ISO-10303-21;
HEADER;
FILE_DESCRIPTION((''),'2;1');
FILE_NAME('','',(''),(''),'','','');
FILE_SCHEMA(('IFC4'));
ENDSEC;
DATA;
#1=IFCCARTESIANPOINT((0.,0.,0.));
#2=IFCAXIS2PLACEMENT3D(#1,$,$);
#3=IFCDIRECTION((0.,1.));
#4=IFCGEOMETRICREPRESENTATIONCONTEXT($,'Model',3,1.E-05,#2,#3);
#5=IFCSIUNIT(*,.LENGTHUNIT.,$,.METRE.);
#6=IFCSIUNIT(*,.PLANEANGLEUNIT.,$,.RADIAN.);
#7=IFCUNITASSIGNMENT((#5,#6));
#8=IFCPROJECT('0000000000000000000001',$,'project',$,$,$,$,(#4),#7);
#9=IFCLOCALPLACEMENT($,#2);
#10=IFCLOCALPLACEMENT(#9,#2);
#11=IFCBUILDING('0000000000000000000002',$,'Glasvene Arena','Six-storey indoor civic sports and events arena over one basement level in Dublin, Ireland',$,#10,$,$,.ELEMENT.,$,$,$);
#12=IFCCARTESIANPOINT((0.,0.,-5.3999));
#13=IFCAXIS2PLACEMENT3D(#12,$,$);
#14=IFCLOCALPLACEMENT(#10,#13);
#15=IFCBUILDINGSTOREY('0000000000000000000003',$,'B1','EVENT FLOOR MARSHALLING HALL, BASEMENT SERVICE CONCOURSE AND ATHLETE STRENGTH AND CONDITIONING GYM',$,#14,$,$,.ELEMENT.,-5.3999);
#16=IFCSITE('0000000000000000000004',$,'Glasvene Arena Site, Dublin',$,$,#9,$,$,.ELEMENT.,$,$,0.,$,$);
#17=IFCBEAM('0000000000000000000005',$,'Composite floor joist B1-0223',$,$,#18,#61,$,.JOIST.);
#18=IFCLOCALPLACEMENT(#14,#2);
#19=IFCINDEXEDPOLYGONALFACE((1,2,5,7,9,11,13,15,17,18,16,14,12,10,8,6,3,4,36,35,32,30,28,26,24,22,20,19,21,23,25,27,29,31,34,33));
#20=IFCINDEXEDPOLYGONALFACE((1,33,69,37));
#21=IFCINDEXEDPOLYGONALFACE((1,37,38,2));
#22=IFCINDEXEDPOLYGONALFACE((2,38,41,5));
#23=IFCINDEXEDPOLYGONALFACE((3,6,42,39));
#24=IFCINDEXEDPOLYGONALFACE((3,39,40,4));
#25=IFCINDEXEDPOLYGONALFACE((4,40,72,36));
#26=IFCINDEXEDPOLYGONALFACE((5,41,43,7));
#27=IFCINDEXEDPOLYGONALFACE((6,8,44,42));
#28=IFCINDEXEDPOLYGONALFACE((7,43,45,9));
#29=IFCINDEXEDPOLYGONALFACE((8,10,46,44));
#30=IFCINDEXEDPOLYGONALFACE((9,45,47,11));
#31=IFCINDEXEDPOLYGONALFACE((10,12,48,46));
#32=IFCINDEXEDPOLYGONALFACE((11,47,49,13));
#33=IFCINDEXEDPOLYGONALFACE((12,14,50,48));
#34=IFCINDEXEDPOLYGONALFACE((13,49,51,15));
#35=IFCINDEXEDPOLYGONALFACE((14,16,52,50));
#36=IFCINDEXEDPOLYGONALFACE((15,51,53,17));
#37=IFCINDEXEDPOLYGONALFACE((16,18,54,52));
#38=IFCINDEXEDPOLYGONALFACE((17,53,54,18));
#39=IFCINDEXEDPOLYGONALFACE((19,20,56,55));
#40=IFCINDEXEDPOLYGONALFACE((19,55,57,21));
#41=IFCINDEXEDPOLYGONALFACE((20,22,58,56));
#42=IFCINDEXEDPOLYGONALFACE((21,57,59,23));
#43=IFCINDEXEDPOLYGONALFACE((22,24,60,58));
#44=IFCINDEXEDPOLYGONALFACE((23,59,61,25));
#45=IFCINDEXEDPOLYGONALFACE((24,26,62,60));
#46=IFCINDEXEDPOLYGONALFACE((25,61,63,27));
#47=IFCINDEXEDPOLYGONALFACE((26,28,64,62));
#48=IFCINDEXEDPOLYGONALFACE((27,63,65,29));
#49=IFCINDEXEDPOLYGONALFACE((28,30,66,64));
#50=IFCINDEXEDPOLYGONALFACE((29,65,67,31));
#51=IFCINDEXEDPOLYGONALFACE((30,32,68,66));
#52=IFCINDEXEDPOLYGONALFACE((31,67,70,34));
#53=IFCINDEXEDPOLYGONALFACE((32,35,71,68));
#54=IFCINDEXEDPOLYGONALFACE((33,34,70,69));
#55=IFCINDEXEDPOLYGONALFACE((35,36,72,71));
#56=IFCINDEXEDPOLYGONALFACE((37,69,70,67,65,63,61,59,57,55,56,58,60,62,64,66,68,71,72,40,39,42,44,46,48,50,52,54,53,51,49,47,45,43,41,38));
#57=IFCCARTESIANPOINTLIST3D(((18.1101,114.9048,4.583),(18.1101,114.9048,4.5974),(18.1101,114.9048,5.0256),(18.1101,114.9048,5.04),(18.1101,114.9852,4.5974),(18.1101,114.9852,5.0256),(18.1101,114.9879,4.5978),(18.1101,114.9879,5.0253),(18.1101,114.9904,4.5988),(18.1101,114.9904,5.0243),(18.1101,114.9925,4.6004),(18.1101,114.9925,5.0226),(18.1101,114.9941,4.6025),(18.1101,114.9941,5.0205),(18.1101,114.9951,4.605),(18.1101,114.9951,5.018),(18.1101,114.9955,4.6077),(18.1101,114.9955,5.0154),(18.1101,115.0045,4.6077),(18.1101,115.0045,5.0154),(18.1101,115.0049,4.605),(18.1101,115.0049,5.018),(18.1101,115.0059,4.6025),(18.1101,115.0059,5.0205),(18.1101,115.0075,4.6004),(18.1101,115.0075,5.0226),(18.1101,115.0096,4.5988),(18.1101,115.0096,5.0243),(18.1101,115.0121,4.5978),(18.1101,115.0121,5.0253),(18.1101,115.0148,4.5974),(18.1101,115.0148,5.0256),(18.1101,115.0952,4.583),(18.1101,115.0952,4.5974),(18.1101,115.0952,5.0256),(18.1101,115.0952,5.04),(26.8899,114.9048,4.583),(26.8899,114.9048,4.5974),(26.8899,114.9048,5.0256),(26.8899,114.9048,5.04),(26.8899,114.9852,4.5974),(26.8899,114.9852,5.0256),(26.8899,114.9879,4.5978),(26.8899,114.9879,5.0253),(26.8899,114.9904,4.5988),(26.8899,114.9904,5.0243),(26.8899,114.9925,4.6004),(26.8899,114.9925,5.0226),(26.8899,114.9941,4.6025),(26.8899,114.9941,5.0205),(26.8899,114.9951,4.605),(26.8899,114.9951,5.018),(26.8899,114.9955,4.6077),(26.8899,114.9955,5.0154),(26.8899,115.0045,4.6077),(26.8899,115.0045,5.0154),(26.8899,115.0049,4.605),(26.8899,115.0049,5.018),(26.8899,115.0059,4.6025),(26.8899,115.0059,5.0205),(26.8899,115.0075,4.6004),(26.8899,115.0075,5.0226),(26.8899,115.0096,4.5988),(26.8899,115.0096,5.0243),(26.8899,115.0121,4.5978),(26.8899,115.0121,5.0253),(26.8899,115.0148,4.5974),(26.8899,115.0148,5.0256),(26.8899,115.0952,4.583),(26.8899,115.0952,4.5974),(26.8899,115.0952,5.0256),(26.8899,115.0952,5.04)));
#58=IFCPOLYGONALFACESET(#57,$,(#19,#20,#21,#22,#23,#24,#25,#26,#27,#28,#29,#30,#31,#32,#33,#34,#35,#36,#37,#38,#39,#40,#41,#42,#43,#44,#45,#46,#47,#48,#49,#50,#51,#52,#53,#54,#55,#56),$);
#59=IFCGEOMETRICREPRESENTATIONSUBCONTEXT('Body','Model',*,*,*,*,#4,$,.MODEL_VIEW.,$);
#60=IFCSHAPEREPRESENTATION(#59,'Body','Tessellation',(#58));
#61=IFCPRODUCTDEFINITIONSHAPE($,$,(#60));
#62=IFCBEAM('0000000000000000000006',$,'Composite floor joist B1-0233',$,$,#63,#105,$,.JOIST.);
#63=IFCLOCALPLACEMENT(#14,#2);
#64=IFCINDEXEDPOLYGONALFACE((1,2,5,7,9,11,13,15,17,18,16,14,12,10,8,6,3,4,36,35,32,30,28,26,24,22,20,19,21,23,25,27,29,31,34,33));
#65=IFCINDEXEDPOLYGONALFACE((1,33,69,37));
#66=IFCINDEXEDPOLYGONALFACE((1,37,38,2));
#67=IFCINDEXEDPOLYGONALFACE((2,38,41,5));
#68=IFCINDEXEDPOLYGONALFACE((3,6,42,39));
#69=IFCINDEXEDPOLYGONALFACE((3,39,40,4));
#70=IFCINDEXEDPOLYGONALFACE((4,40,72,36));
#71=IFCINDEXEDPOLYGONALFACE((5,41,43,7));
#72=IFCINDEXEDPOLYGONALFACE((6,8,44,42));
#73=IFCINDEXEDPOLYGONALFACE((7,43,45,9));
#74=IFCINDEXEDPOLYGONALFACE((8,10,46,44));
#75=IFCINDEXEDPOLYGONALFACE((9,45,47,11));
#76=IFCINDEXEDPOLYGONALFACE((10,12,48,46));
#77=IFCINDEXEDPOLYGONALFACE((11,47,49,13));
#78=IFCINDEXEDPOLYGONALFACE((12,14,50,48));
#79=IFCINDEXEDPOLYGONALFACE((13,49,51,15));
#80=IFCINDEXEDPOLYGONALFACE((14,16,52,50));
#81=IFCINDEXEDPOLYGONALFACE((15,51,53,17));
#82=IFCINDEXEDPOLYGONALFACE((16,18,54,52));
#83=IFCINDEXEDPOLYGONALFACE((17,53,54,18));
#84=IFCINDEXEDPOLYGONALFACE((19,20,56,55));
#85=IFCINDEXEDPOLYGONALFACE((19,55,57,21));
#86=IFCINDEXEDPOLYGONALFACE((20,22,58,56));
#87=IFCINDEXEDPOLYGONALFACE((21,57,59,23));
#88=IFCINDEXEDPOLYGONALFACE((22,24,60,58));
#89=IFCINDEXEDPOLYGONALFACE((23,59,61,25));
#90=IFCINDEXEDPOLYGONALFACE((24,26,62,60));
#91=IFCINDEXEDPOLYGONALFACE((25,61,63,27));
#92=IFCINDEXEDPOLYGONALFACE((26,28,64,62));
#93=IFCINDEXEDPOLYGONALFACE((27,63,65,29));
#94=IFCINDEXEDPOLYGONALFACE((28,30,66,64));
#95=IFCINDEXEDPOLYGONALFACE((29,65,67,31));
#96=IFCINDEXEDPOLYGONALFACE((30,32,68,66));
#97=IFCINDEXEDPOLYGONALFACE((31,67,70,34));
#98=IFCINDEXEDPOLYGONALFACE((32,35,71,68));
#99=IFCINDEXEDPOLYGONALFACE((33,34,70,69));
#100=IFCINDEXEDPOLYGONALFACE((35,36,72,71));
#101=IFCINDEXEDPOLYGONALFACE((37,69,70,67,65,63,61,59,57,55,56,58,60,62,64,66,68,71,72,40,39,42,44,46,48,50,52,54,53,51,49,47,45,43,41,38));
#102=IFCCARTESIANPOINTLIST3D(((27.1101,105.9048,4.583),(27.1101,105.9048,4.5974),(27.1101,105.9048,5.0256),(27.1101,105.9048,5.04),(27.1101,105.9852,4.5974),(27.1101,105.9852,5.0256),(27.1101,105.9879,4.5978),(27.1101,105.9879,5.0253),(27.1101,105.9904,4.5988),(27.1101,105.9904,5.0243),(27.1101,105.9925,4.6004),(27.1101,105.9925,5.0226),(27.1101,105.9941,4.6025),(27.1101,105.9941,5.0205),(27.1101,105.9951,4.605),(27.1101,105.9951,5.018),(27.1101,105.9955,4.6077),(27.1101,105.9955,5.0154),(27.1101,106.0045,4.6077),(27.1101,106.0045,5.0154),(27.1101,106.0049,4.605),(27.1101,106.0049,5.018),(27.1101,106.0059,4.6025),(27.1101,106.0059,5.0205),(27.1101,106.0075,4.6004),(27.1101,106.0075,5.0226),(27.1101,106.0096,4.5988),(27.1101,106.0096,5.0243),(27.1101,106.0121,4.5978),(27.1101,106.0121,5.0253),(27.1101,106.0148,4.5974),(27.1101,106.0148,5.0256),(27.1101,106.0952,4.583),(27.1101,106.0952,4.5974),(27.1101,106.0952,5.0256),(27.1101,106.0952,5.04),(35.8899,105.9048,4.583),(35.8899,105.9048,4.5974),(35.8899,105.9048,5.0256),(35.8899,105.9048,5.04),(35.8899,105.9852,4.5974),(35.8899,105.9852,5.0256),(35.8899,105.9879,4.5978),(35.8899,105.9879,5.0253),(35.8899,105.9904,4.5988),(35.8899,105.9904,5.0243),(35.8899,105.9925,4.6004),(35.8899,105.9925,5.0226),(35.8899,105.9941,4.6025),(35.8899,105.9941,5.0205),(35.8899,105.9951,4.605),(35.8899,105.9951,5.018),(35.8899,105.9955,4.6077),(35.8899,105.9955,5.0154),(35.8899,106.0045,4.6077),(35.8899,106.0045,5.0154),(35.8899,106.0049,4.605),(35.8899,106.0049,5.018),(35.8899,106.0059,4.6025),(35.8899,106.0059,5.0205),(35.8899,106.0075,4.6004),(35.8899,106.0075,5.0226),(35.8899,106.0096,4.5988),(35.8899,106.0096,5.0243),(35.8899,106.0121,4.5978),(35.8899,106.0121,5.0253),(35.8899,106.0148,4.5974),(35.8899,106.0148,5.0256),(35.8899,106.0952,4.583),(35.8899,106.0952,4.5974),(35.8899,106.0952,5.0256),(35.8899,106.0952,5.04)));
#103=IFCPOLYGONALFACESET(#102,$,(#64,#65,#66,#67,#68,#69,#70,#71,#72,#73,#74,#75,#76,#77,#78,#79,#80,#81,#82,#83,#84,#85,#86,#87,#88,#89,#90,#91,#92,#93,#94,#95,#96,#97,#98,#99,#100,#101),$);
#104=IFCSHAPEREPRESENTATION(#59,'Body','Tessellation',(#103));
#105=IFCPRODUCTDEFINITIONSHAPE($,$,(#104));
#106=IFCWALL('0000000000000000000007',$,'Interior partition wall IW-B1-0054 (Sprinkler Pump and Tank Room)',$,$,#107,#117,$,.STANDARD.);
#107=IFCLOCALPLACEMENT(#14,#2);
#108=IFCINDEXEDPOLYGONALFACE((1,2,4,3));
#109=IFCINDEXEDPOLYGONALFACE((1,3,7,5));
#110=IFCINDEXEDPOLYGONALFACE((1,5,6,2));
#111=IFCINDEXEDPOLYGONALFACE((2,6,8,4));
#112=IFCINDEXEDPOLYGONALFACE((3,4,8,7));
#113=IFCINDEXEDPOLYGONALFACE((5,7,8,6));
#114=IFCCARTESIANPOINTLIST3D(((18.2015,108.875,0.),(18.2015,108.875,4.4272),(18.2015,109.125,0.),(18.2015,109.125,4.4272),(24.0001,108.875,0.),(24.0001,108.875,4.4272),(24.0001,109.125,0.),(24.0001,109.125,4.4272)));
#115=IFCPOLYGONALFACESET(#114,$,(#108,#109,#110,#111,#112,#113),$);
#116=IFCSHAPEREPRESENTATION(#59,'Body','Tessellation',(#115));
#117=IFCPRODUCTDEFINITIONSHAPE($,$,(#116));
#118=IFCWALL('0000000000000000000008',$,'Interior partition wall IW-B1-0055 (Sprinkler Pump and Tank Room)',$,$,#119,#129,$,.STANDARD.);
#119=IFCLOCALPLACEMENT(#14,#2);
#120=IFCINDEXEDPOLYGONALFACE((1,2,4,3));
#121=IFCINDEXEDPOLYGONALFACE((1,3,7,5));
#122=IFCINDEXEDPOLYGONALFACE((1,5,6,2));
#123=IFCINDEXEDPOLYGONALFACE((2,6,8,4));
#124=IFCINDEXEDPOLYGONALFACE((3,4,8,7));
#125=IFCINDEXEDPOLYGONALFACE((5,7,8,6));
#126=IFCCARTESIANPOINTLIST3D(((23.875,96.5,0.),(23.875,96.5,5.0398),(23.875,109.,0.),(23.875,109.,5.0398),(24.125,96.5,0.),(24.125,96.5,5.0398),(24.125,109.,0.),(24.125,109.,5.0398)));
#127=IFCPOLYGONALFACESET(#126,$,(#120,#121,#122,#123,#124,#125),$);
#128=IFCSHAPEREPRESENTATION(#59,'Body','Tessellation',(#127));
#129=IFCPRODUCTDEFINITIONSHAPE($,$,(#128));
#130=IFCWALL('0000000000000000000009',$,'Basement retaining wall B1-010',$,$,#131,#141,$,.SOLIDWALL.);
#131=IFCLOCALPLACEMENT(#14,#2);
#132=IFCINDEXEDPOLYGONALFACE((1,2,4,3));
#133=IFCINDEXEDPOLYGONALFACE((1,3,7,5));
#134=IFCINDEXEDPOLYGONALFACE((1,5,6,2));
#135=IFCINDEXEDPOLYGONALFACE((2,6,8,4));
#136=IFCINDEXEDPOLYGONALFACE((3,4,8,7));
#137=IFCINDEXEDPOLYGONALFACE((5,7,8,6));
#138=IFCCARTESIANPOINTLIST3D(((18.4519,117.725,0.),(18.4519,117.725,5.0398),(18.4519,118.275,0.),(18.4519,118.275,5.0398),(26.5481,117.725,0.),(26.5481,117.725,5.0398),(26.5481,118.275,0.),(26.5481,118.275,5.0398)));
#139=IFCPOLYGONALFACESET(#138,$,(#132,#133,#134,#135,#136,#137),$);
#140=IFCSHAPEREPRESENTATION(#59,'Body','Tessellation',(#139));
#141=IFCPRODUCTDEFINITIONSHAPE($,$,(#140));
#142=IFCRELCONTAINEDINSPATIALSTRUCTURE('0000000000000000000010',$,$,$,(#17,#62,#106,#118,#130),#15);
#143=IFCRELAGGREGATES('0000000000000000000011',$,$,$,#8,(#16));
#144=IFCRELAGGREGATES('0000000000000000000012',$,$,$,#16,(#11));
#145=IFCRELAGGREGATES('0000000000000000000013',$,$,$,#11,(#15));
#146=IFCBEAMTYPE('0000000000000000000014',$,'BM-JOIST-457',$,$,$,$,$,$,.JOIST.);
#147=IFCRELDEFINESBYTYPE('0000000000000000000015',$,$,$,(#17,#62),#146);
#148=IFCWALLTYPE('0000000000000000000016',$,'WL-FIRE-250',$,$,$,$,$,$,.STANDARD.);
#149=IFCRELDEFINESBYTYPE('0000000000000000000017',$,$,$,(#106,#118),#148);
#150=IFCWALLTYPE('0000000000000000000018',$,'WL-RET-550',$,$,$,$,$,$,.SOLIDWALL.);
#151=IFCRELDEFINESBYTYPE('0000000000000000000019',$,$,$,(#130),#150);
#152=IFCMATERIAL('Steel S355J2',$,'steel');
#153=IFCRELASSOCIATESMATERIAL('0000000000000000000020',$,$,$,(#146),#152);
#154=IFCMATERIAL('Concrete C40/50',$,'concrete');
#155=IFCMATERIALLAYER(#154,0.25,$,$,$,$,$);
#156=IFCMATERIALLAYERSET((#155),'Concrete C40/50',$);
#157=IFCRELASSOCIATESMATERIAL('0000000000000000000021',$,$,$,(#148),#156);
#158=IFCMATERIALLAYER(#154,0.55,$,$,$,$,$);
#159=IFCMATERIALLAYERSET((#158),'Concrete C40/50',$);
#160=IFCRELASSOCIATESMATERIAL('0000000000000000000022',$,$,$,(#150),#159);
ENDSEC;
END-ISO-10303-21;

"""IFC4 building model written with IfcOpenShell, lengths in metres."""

from ifc_helpers import new_model, si_unit, direction, frame, frame_2d, origin, origin_2d, place, context, subcontext, project, spatial, rectangle, i_section, extrude, material, layer, layer_set, material_profile, profile_set, type_object, element, save


model = new_model("IFC4")

# Units and contexts
model_context = context("Model", 3, precision=1e-05, world=origin(), true_north=direction((0.0, 1.0)))
body_context = subcontext(model_context, "Body", "Model", "MODEL_VIEW")
ifc_project = project(units=[si_unit("LENGTHUNIT", "METRE"), si_unit("PLANEANGLEUNIT", "RADIAN")], contexts=[model_context])

# Site, building, storey
site_placement = place(None, origin())
site = spatial("IfcSite", under=ifc_project, at=site_placement, Name="Glasvene Arena Site, Dublin", CompositionType="ELEMENT", RefElevation=0.0)
building_placement = place(site_placement, origin())
building = spatial("IfcBuilding", under=site, at=building_placement, Name="Glasvene Arena", Description="Six-storey indoor civic sports and events arena over one basement level in Dublin, Ireland", CompositionType="ELEMENT")
storey_placement = place(building_placement, frame((0.0, 0.0, -5.3999)))
storey = spatial("IfcBuildingStorey", under=building, at=storey_placement, Name="B1", Description="EVENT FLOOR MARSHALLING HALL, BASEMENT SERVICE CONCOURSE AND ATHLETE STRENGTH AND CONDITIONING GYM", CompositionType="ELEMENT", Elevation=-5.3999)

# Shared definitions
ifc_material_1 = material(Name="Concrete C40/50", Category="concrete")

# Shared definitions
ifc_material_2 = material(Name="Steel S355J2", Category="steel")

# Beams
ifc_material_profile_1 = material_profile(ifc_material_2, i_section(OverallWidth=0.1904, OverallDepth=0.457, WebThickness=0.009, FlangeThickness=0.0144, FilletRadius=0.0103, at=origin_2d()), Name="UKB 457x191x74")
ifc_profile_set_1 = profile_set([ifc_material_profile_1], Name="Steel S355J2")
beam_type_1 = type_object("IfcBeamType", Name="BM-JOIST-457", PredefinedType="JOIST", material=ifc_profile_set_1)
for number, where, z_axis, x_axis, name in (
    (1, (18.1101, 115.0, 4.8115), (1.0, 0.0, 0.0), (0.0, 1.0, 0.0), "Composite floor joist B1-0223"),
    (2, (27.1101, 106.0, 4.8115), (1.0, 0.0, 0.0), (0.0, 1.0, 0.0), "Composite floor joist B1-0233"),
):
    element("IfcBeam", number, at=place(storey_placement, frame(where, z_axis=z_axis, x_axis=x_axis)), inside=storey, type_object=beam_type_1, Name=name, PredefinedType="JOIST", context=body_context, shape_type="SweptSolid", body=[
        extrude(i_section(OverallWidth=0.1904, OverallDepth=0.457, WebThickness=0.009, FlangeThickness=0.0144, FilletRadius=0.0103, at=origin_2d()), origin(), (0.0, 0.0, 1.0), 8.7798),
    ])

# Walls
ifc_layer_1 = layer(ifc_material_1, 0.25)
ifc_layer_set_1 = layer_set([ifc_layer_1], Name="Concrete C40/50")
wall_type_1 = type_object("IfcWallType", Name="WL-FIRE-250", PredefinedType="STANDARD", material=ifc_layer_set_1)
wall_1_placement = place(storey_placement, frame((18.2014, 109.0, 0.0), z_axis=(0.0, 0.0, 1.0), x_axis=(1.0, 0.0, 0.0)))
element("IfcWall", 3, at=wall_1_placement, inside=storey, type_object=wall_type_1, Name="Interior partition wall IW-B1-0054 (Sprinkler Pump and Tank Room)", PredefinedType="STANDARD", context=body_context, shape_type="SweptSolid", body=[
    extrude(rectangle(XDim=5.7986, YDim=0.25, at=frame_2d((2.8994, 0.0))), origin(), (0.0, 0.0, 1.0), 4.4272),
])
wall_2_placement = place(storey_placement, frame((24.0, 109.0, 0.0), z_axis=(0.0, 0.0, 1.0), x_axis=(0.0, -1.0, 0.0)))
element("IfcWall", 4, at=wall_2_placement, inside=storey, type_object=wall_type_1, Name="Interior partition wall IW-B1-0055 (Sprinkler Pump and Tank Room)", PredefinedType="STANDARD", context=body_context, shape_type="SweptSolid", body=[
    extrude(rectangle(XDim=12.5, YDim=0.25, at=frame_2d((6.25, 0.0))), origin(), (0.0, 0.0, 1.0), 5.0398),
])
ifc_layer_2 = layer(ifc_material_1, 0.55)
ifc_layer_set_2 = layer_set([ifc_layer_2], Name="Concrete C40/50")
wall_type_2 = type_object("IfcWallType", Name="WL-RET-550", PredefinedType="SOLIDWALL", material=ifc_layer_set_2)
wall_3_placement = place(storey_placement, frame((18.4519, 118.0, 0.0), z_axis=(0.0, 0.0, 1.0), x_axis=(1.0, 0.0, 0.0)))
element("IfcWall", 5, at=wall_3_placement, inside=storey, type_object=wall_type_2, Name="Basement retaining wall B1-010", PredefinedType="SOLIDWALL", context=body_context, shape_type="SweptSolid", body=[
    extrude(rectangle(XDim=8.0962, YDim=0.55, at=frame_2d((4.0481, 0.0))), origin(), (0.0, 0.0, 1.0), 5.0398),
])

save(model, "model.ifc")
